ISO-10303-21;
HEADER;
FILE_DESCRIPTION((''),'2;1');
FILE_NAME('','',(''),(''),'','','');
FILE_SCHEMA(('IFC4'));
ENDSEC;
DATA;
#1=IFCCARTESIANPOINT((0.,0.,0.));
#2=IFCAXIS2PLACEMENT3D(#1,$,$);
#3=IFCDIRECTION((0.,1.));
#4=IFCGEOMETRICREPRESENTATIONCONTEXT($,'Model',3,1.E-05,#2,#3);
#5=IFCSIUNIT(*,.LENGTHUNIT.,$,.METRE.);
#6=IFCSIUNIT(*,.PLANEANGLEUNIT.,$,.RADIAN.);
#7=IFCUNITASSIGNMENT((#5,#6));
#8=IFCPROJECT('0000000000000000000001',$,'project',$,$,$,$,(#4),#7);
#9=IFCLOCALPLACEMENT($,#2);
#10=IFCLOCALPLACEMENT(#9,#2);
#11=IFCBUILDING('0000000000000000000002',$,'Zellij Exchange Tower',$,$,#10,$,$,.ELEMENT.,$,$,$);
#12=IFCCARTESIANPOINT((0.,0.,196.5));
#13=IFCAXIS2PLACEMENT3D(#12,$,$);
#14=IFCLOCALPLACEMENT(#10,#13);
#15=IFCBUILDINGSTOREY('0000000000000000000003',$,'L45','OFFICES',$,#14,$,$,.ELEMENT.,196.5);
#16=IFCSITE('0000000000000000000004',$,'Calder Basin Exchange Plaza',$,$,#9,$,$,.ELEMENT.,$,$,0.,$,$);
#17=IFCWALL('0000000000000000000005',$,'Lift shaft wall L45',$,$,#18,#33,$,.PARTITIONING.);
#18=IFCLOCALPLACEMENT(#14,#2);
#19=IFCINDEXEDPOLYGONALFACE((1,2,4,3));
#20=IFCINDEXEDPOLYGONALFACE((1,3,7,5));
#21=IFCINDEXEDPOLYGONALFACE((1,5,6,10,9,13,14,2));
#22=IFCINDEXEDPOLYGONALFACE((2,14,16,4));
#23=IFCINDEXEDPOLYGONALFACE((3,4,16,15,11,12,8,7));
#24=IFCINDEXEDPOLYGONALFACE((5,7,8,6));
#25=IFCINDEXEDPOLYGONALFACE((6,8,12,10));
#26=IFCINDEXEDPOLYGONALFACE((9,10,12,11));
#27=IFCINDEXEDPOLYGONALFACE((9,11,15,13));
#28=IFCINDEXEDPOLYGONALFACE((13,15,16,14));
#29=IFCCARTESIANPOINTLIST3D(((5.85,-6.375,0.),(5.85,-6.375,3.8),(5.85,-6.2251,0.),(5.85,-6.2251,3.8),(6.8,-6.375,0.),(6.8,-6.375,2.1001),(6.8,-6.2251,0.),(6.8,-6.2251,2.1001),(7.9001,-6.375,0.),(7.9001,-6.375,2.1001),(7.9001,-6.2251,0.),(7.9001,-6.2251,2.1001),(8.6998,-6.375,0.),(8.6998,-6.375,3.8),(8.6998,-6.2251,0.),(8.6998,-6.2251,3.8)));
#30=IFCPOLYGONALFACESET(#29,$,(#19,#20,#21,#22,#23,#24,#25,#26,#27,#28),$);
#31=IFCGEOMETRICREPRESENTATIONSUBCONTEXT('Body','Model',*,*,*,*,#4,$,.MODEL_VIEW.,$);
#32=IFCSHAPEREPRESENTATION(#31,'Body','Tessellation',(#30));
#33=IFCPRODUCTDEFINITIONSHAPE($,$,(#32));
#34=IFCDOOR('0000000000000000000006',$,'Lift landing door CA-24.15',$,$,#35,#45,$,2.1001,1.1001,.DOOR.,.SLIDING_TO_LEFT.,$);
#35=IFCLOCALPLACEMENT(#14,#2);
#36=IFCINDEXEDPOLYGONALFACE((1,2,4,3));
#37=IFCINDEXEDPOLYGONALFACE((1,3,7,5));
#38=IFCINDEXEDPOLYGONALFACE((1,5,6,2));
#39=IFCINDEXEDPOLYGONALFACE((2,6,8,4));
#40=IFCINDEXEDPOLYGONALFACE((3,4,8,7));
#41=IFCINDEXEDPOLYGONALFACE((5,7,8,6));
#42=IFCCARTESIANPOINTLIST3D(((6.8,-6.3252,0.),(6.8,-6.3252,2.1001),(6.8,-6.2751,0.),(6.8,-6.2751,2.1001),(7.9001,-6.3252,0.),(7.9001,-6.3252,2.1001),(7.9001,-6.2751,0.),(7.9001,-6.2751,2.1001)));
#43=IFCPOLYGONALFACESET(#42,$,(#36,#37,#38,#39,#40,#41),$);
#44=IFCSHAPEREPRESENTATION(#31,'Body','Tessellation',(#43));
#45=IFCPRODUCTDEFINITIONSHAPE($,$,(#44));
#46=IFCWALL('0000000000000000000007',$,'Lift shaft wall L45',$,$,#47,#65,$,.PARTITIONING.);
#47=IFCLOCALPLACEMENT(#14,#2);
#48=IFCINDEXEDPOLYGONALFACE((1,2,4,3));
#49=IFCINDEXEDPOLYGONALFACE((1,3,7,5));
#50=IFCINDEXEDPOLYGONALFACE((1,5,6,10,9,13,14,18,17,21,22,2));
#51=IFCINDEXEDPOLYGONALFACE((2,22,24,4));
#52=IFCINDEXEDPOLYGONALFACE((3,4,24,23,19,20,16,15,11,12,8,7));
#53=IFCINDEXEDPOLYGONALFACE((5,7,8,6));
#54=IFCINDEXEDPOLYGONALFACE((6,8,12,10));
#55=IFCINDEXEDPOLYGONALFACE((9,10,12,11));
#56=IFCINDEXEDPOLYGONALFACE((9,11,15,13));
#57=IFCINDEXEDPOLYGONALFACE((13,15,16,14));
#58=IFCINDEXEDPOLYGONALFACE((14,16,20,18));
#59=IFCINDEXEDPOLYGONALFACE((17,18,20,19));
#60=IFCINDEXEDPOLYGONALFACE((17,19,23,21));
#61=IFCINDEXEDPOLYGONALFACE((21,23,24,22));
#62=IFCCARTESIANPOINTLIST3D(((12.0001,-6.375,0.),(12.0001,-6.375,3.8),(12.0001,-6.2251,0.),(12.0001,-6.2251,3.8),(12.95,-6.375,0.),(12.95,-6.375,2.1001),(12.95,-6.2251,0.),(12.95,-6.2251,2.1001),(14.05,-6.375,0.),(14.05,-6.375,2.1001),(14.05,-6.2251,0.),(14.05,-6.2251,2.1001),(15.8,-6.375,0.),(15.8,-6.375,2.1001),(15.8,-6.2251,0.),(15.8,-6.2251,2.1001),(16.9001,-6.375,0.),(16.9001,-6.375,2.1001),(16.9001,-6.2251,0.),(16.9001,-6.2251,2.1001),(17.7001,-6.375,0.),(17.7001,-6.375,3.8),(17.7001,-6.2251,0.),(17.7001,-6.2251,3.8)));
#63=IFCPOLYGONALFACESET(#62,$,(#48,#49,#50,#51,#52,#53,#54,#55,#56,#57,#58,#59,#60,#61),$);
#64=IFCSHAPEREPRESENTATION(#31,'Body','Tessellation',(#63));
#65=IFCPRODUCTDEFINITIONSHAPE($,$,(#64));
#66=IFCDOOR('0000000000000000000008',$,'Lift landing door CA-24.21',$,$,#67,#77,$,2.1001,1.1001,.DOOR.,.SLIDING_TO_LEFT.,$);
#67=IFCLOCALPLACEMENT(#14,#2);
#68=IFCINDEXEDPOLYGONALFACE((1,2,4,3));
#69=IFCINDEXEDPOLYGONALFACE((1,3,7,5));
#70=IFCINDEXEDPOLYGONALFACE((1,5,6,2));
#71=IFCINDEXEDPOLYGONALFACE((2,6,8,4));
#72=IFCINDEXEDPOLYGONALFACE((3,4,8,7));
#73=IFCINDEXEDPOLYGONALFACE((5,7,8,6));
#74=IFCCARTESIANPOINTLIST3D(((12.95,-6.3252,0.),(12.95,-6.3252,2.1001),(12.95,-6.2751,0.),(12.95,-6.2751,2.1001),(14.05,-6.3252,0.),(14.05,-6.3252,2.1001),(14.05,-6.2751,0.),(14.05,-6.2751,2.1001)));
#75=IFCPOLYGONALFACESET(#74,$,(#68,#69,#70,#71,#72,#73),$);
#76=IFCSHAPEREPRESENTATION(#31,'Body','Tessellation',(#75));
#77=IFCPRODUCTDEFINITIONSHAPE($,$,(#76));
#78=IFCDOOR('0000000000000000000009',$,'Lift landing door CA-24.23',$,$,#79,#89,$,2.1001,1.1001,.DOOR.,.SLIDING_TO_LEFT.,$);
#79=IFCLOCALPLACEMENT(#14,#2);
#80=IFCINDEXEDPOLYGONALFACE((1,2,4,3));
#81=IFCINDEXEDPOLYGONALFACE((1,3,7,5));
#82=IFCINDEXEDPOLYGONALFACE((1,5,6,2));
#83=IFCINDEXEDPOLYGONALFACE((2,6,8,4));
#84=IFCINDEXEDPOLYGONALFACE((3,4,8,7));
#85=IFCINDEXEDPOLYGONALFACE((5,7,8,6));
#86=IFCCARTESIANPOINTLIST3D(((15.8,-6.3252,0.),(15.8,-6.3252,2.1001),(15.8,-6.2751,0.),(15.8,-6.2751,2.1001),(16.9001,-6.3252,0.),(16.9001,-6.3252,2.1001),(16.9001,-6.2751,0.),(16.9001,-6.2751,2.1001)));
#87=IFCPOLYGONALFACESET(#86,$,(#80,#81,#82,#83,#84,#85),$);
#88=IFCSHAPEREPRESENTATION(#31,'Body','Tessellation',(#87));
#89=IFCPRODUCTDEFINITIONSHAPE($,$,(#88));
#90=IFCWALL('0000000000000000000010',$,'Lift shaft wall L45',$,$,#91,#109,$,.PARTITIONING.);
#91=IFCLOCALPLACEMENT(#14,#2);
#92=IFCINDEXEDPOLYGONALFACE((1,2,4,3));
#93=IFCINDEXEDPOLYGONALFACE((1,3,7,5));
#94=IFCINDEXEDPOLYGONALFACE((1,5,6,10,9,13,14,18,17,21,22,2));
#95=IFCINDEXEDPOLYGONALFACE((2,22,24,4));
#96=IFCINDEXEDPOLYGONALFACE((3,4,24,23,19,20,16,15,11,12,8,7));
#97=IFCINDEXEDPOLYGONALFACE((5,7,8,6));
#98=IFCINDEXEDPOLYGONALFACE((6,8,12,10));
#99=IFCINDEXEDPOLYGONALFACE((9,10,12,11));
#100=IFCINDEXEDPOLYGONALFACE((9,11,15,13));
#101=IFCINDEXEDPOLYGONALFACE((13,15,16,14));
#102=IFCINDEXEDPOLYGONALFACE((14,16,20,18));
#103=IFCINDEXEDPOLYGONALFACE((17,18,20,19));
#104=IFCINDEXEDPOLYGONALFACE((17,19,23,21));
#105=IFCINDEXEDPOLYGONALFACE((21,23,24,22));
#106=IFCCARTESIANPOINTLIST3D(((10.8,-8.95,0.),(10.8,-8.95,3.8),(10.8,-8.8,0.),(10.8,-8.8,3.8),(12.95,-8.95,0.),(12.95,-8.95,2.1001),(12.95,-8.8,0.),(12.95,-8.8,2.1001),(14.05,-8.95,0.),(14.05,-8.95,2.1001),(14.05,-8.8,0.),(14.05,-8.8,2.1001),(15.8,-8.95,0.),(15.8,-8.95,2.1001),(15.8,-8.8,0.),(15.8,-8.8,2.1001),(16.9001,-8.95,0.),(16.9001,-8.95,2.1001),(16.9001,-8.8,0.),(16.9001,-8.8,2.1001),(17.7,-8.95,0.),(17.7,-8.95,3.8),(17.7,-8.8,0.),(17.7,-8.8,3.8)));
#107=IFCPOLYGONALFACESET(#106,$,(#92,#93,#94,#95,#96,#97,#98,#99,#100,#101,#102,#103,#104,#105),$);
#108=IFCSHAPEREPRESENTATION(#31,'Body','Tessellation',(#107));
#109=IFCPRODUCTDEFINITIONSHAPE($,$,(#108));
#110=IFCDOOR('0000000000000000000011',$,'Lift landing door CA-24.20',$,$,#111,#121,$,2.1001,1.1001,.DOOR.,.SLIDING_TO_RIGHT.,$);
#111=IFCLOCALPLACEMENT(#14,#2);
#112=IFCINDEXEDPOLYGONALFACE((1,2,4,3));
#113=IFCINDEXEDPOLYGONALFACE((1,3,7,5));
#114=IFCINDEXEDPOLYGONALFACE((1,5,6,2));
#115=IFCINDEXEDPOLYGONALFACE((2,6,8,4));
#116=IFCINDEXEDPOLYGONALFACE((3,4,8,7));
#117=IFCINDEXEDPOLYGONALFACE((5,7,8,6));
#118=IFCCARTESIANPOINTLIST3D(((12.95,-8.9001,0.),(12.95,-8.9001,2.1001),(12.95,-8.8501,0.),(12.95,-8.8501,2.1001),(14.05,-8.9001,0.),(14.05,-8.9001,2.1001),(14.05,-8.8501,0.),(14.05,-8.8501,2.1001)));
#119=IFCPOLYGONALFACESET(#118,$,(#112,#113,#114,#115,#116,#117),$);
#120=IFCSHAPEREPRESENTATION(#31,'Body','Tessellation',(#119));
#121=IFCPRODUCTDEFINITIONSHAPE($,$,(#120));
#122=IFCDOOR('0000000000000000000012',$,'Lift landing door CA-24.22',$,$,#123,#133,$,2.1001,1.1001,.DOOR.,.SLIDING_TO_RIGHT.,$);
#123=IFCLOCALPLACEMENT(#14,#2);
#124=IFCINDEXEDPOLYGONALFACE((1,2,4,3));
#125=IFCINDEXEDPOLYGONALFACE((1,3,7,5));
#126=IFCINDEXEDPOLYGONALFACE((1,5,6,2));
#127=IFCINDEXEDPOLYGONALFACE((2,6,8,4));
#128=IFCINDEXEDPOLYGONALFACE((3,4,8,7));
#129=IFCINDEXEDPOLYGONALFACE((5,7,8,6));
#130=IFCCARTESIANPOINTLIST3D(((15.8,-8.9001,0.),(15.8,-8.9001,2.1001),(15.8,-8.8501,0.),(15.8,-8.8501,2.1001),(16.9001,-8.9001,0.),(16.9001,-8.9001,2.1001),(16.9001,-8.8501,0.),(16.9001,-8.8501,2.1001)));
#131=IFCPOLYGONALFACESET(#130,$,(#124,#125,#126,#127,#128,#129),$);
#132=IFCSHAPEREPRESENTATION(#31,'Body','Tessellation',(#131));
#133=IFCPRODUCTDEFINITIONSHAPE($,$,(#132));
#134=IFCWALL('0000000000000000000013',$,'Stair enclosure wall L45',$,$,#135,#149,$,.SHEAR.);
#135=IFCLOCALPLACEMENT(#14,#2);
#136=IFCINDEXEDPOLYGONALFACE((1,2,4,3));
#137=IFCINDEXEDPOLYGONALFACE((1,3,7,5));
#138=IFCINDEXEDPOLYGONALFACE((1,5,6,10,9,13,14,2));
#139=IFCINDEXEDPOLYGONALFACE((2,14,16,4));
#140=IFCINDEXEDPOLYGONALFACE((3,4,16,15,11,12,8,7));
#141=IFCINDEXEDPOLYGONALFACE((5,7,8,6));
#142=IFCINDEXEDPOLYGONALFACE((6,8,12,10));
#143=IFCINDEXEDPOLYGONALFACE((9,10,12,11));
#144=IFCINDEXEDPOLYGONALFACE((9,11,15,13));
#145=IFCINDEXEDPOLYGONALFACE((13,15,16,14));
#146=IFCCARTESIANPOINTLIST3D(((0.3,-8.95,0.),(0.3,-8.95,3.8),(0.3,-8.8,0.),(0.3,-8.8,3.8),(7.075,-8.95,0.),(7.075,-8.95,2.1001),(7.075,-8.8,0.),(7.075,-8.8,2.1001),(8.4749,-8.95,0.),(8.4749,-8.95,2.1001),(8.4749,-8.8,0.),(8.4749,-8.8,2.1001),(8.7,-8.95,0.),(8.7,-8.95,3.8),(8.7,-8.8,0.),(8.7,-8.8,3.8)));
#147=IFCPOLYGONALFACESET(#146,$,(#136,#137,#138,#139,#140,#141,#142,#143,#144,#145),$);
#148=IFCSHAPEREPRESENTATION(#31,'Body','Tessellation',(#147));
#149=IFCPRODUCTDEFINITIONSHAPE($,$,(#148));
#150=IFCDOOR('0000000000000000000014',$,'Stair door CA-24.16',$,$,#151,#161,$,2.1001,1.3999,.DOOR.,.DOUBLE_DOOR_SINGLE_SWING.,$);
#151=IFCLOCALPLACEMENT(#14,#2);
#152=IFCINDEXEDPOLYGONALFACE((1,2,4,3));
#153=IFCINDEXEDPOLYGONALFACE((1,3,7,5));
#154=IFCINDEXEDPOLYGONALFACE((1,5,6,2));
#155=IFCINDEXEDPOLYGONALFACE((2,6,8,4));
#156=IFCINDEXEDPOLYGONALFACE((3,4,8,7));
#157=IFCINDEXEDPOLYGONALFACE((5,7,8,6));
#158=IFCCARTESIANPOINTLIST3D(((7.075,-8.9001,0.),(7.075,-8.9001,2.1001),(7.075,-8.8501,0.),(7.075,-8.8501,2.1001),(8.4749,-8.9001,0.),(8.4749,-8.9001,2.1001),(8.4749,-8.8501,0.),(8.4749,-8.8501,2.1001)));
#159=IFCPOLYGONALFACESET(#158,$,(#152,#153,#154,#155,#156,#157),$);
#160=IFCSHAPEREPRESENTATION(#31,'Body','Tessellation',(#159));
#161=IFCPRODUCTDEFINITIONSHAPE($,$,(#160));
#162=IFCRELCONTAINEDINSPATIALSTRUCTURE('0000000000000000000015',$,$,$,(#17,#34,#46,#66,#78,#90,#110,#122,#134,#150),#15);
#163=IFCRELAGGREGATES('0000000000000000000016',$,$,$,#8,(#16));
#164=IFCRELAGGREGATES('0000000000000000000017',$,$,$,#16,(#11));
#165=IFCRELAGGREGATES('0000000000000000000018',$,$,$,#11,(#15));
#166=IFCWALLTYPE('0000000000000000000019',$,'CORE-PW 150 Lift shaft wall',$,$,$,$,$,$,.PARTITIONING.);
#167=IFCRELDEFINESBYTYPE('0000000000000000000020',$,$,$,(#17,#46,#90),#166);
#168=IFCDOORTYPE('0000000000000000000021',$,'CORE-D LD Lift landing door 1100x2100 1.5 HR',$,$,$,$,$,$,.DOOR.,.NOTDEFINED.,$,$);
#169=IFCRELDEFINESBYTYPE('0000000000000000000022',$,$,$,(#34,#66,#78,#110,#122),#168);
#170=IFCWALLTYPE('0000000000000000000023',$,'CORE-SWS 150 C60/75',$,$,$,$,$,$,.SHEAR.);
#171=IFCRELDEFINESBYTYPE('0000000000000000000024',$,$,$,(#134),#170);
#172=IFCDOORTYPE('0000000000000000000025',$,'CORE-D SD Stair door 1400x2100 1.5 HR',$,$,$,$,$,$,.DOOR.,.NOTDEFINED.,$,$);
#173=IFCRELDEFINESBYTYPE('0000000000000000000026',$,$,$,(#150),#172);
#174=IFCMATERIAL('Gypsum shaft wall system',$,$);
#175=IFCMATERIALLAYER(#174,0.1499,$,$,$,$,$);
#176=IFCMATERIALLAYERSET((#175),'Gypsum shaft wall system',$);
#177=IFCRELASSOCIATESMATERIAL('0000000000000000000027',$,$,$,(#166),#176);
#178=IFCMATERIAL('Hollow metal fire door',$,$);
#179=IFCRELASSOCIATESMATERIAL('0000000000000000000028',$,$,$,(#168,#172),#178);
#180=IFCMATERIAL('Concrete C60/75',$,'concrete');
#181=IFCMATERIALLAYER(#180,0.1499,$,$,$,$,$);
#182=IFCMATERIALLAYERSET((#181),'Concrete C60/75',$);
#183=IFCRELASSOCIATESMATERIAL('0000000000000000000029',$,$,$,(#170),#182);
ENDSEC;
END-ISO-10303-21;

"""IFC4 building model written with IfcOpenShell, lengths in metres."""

from ifc_helpers import new_model, si_unit, direction, frame, frame_2d, origin, place, context, subcontext, project, spatial, rectangle, extrude, material, layer, layer_set, type_object, element, fill, save


model = new_model("IFC4")

# Units and contexts
model_context = context("Model", 3, precision=1e-05, world=origin(), true_north=direction((0.0, 1.0)))
body_context = subcontext(model_context, "Body", "Model", "MODEL_VIEW")
ifc_project = project(units=[si_unit("LENGTHUNIT", "METRE"), si_unit("PLANEANGLEUNIT", "RADIAN")], contexts=[model_context])

# Site, building, storey
site_placement = place(None, origin())
site = spatial("IfcSite", under=ifc_project, at=site_placement, Name="Calder Basin Exchange Plaza", CompositionType="ELEMENT", RefElevation=0.0)
building_placement = place(site_placement, origin())
building = spatial("IfcBuilding", under=site, at=building_placement, Name="Zellij Exchange Tower", CompositionType="ELEMENT")
storey_placement = place(building_placement, frame((0.0, 0.0, 196.5)))
storey = spatial("IfcBuildingStorey", under=building, at=storey_placement, Name="L45", Description="OFFICES", CompositionType="ELEMENT", Elevation=196.5)

# Shared definitions
ifc_material_1 = material(Name="Concrete C60/75", Category="concrete")

# Shared definitions
ifc_material_2 = material(Name="Gypsum shaft wall system")
ifc_material_3 = material(Name="Hollow metal fire door")

# Shared definitions
ifc_layer_1 = layer(ifc_material_2, 0.1499)
ifc_layer_set_1 = layer_set([ifc_layer_1], Name="Gypsum shaft wall system")
wall_type_1 = type_object("IfcWallType", Name="CORE-PW 150 Lift shaft wall", PredefinedType="PARTITIONING", material=ifc_layer_set_1)

# Wall, opening, door
door_type_1 = type_object("IfcDoorType", Name="CORE-D LD Lift landing door 1100x2100 1.5 HR", OperationType="NOTDEFINED", PredefinedType="DOOR", material=ifc_material_3)
wall_1_placement = place(storey_placement, frame((5.8501, -6.3, 0.0), z_axis=(0.0, 0.0, 1.0), x_axis=(1.0, 0.0, 0.0)))
wall_1 = element("IfcWall", 1, at=wall_1_placement, inside=storey, type_object=wall_type_1, Name="Lift shaft wall L45", PredefinedType="PARTITIONING", context=body_context, shape_type="SweptSolid", body=[
    extrude(rectangle(XDim=2.8499, YDim=0.1499, at=frame_2d((1.4248, 0.0))), origin(), (0.0, 0.0, 1.0), 3.8),
])
opening_1_placement = place(wall_1_placement, frame((0.95, 0.0, 0.0)))
opening_1 = element("IfcOpeningElement", 2, at=opening_1_placement, cuts=wall_1, PredefinedType="OPENING", context=body_context, shape_type="SweptSolid", body=[
    extrude(rectangle(XDim=1.1001, YDim=2.1001, at=frame_2d((0.55, 1.05))), frame((0.0, 0.0869, 0.0), z_axis=(0.0, -1.0, 0.0), x_axis=(1.0, 0.0, 0.0)), (0.0, 0.0, 1.0), 0.1738),
])
door_1_placement = place(opening_1_placement, origin())
door_1 = element("IfcDoor", 3, at=door_1_placement, inside=storey, type_object=door_type_1, Name="Lift landing door CA-24.15", OperationType="SLIDING_TO_LEFT", OverallHeight=2.1001, OverallWidth=1.1001, PredefinedType="DOOR", context=body_context, shape_type="SweptSolid", body=[
    extrude(rectangle(XDim=1.1001, YDim=2.1001, at=frame_2d((0.55, 1.05))), frame((0.0, 0.0249, 0.0), z_axis=(0.0, -1.0, 0.0), x_axis=(1.0, 0.0, 0.0)), (0.0, 0.0, 1.0), 0.05),
])
fill(opening_1, door_1)

# Walls, openings, doors
wall_2_placement = place(storey_placement, frame((12.0, -6.3, 0.0), z_axis=(0.0, 0.0, 1.0), x_axis=(1.0, 0.0, 0.0)))
wall_2 = element("IfcWall", 4, at=wall_2_placement, inside=storey, type_object=wall_type_1, Name="Lift shaft wall L45", PredefinedType="PARTITIONING", context=body_context, shape_type="SweptSolid", body=[
    extrude(rectangle(XDim=5.7, YDim=0.1499, at=frame_2d((2.8501, 0.0))), origin(), (0.0, 0.0, 1.0), 3.8),
])
opening_2_placement = place(wall_2_placement, frame((0.95, 0.0, 0.0)))
opening_2 = element("IfcOpeningElement", 5, at=opening_2_placement, cuts=wall_2, PredefinedType="OPENING", context=body_context, shape_type="SweptSolid", body=[
    extrude(rectangle(XDim=1.1001, YDim=2.1001, at=frame_2d((0.55, 1.05))), frame((0.0, 0.0869, 0.0), z_axis=(0.0, -1.0, 0.0), x_axis=(1.0, 0.0, 0.0)), (0.0, 0.0, 1.0), 0.1738),
])
opening_3_placement = place(wall_2_placement, frame((3.8, 0.0, 0.0)))
opening_3 = element("IfcOpeningElement", 6, at=opening_3_placement, cuts=wall_2, PredefinedType="OPENING", context=body_context, shape_type="SweptSolid", body=[
    extrude(rectangle(XDim=1.1001, YDim=2.1001, at=frame_2d((0.55, 1.05))), frame((0.0, 0.0869, 0.0), z_axis=(0.0, -1.0, 0.0), x_axis=(1.0, 0.0, 0.0)), (0.0, 0.0, 1.0), 0.1738),
])
door_2_placement = place(opening_2_placement, origin())
door_2 = element("IfcDoor", 7, at=door_2_placement, inside=storey, type_object=door_type_1, Name="Lift landing door CA-24.21", OperationType="SLIDING_TO_LEFT", OverallHeight=2.1001, OverallWidth=1.1001, PredefinedType="DOOR", context=body_context, shape_type="SweptSolid", body=[
    extrude(rectangle(XDim=1.1001, YDim=2.1001, at=frame_2d((0.55, 1.05))), frame((0.0, 0.0249, 0.0), z_axis=(0.0, -1.0, 0.0), x_axis=(1.0, 0.0, 0.0)), (0.0, 0.0, 1.0), 0.05),
])
fill(opening_2, door_2)
door_3_placement = place(opening_3_placement, origin())
door_3 = element("IfcDoor", 8, at=door_3_placement, inside=storey, type_object=door_type_1, Name="Lift landing door CA-24.23", OperationType="SLIDING_TO_LEFT", OverallHeight=2.1001, OverallWidth=1.1001, PredefinedType="DOOR", context=body_context, shape_type="SweptSolid", body=[
    extrude(rectangle(XDim=1.1001, YDim=2.1001, at=frame_2d((0.55, 1.05))), frame((0.0, 0.0249, 0.0), z_axis=(0.0, -1.0, 0.0), x_axis=(1.0, 0.0, 0.0)), (0.0, 0.0, 1.0), 0.05),
])
fill(opening_3, door_3)
wall_3_placement = place(storey_placement, frame((10.8, -8.875, 0.0), z_axis=(0.0, 0.0, 1.0), x_axis=(1.0, 0.0, 0.0)))
wall_3 = element("IfcWall", 9, at=wall_3_placement, inside=storey, type_object=wall_type_1, Name="Lift shaft wall L45", PredefinedType="PARTITIONING", context=body_context, shape_type="SweptSolid", body=[
    extrude(rectangle(XDim=6.8999, YDim=0.1499, at=frame_2d((3.45, 0.0))), origin(), (0.0, 0.0, 1.0), 3.8),
])
opening_4_placement = place(wall_3_placement, frame((2.1499, 0.0, 0.0)))
opening_4 = element("IfcOpeningElement", 10, at=opening_4_placement, cuts=wall_3, PredefinedType="OPENING", context=body_context, shape_type="SweptSolid", body=[
    extrude(rectangle(XDim=1.1001, YDim=2.1001, at=frame_2d((0.55, 1.05))), frame((0.0, 0.0869, 0.0), z_axis=(0.0, -1.0, 0.0), x_axis=(1.0, 0.0, 0.0)), (0.0, 0.0, 1.0), 0.1738),
])
opening_5_placement = place(wall_3_placement, frame((5.0, 0.0, 0.0)))
opening_5 = element("IfcOpeningElement", 11, at=opening_5_placement, cuts=wall_3, PredefinedType="OPENING", context=body_context, shape_type="SweptSolid", body=[
    extrude(rectangle(XDim=1.1001, YDim=2.1001, at=frame_2d((0.55, 1.05))), frame((0.0, 0.0869, 0.0), z_axis=(0.0, -1.0, 0.0), x_axis=(1.0, 0.0, 0.0)), (0.0, 0.0, 1.0), 0.1738),
])
door_4_placement = place(opening_4_placement, origin())
door_4 = element("IfcDoor", 12, at=door_4_placement, inside=storey, type_object=door_type_1, Name="Lift landing door CA-24.20", OperationType="SLIDING_TO_RIGHT", OverallHeight=2.1001, OverallWidth=1.1001, PredefinedType="DOOR", context=body_context, shape_type="SweptSolid", body=[
    extrude(rectangle(XDim=1.1001, YDim=2.1001, at=frame_2d((0.55, 1.05))), frame((0.0, 0.0249, 0.0), z_axis=(0.0, -1.0, 0.0), x_axis=(1.0, 0.0, 0.0)), (0.0, 0.0, 1.0), 0.05),
])
fill(opening_4, door_4)
door_5_placement = place(opening_5_placement, origin())
door_5 = element("IfcDoor", 13, at=door_5_placement, inside=storey, type_object=door_type_1, Name="Lift landing door CA-24.22", OperationType="SLIDING_TO_RIGHT", OverallHeight=2.1001, OverallWidth=1.1001, PredefinedType="DOOR", context=body_context, shape_type="SweptSolid", body=[
    extrude(rectangle(XDim=1.1001, YDim=2.1001, at=frame_2d((0.55, 1.05))), frame((0.0, 0.0249, 0.0), z_axis=(0.0, -1.0, 0.0), x_axis=(1.0, 0.0, 0.0)), (0.0, 0.0, 1.0), 0.05),
])
fill(opening_5, door_5)

# Wall, opening, door
ifc_layer_2 = layer(ifc_material_1, 0.1499)
ifc_layer_set_2 = layer_set([ifc_layer_2], Name="Concrete C60/75")
wall_type_2 = type_object("IfcWallType", Name="CORE-SWS 150 C60/75", PredefinedType="SHEAR", material=ifc_layer_set_2)
wall_4_placement = place(storey_placement, frame((0.3, -8.875, 0.0), z_axis=(0.0, 0.0, 1.0), x_axis=(1.0, 0.0, 0.0)))
wall_4 = element("IfcWall", 14, at=wall_4_placement, inside=storey, type_object=wall_type_2, Name="Stair enclosure wall L45", PredefinedType="SHEAR", context=body_context, shape_type="SweptSolid", body=[
    extrude(rectangle(XDim=8.3999, YDim=0.1499, at=frame_2d((4.2, 0.0))), origin(), (0.0, 0.0, 1.0), 3.8),
])
opening_6_placement = place(wall_4_placement, frame((6.7749, 0.0, 0.0)))
opening_6 = element("IfcOpeningElement", 15, at=opening_6_placement, cuts=wall_4, PredefinedType="OPENING", context=body_context, shape_type="SweptSolid", body=[
    extrude(rectangle(XDim=1.3999, YDim=2.1001, at=frame_2d((0.7, 1.05))), frame((0.0, 0.0869, 0.0), z_axis=(0.0, -1.0, 0.0), x_axis=(1.0, 0.0, 0.0)), (0.0, 0.0, 1.0), 0.1738),
])
door_type_2 = type_object("IfcDoorType", Name="CORE-D SD Stair door 1400x2100 1.5 HR", OperationType="NOTDEFINED", PredefinedType="DOOR", material=ifc_material_3)
door_6_placement = place(opening_6_placement, origin())
door_6 = element("IfcDoor", 16, at=door_6_placement, inside=storey, type_object=door_type_2, Name="Stair door CA-24.16", OperationType="DOUBLE_DOOR_SINGLE_SWING", OverallHeight=2.1001, OverallWidth=1.3999, PredefinedType="DOOR", context=body_context, shape_type="SweptSolid", body=[
    extrude(rectangle(XDim=1.3999, YDim=2.1001, at=frame_2d((0.7, 1.05))), frame((0.0, 0.0249, 0.0), z_axis=(0.0, -1.0, 0.0), x_axis=(1.0, 0.0, 0.0)), (0.0, 0.0, 1.0), 0.05),
])
fill(opening_6, door_6)

save(model, "model.ifc")
